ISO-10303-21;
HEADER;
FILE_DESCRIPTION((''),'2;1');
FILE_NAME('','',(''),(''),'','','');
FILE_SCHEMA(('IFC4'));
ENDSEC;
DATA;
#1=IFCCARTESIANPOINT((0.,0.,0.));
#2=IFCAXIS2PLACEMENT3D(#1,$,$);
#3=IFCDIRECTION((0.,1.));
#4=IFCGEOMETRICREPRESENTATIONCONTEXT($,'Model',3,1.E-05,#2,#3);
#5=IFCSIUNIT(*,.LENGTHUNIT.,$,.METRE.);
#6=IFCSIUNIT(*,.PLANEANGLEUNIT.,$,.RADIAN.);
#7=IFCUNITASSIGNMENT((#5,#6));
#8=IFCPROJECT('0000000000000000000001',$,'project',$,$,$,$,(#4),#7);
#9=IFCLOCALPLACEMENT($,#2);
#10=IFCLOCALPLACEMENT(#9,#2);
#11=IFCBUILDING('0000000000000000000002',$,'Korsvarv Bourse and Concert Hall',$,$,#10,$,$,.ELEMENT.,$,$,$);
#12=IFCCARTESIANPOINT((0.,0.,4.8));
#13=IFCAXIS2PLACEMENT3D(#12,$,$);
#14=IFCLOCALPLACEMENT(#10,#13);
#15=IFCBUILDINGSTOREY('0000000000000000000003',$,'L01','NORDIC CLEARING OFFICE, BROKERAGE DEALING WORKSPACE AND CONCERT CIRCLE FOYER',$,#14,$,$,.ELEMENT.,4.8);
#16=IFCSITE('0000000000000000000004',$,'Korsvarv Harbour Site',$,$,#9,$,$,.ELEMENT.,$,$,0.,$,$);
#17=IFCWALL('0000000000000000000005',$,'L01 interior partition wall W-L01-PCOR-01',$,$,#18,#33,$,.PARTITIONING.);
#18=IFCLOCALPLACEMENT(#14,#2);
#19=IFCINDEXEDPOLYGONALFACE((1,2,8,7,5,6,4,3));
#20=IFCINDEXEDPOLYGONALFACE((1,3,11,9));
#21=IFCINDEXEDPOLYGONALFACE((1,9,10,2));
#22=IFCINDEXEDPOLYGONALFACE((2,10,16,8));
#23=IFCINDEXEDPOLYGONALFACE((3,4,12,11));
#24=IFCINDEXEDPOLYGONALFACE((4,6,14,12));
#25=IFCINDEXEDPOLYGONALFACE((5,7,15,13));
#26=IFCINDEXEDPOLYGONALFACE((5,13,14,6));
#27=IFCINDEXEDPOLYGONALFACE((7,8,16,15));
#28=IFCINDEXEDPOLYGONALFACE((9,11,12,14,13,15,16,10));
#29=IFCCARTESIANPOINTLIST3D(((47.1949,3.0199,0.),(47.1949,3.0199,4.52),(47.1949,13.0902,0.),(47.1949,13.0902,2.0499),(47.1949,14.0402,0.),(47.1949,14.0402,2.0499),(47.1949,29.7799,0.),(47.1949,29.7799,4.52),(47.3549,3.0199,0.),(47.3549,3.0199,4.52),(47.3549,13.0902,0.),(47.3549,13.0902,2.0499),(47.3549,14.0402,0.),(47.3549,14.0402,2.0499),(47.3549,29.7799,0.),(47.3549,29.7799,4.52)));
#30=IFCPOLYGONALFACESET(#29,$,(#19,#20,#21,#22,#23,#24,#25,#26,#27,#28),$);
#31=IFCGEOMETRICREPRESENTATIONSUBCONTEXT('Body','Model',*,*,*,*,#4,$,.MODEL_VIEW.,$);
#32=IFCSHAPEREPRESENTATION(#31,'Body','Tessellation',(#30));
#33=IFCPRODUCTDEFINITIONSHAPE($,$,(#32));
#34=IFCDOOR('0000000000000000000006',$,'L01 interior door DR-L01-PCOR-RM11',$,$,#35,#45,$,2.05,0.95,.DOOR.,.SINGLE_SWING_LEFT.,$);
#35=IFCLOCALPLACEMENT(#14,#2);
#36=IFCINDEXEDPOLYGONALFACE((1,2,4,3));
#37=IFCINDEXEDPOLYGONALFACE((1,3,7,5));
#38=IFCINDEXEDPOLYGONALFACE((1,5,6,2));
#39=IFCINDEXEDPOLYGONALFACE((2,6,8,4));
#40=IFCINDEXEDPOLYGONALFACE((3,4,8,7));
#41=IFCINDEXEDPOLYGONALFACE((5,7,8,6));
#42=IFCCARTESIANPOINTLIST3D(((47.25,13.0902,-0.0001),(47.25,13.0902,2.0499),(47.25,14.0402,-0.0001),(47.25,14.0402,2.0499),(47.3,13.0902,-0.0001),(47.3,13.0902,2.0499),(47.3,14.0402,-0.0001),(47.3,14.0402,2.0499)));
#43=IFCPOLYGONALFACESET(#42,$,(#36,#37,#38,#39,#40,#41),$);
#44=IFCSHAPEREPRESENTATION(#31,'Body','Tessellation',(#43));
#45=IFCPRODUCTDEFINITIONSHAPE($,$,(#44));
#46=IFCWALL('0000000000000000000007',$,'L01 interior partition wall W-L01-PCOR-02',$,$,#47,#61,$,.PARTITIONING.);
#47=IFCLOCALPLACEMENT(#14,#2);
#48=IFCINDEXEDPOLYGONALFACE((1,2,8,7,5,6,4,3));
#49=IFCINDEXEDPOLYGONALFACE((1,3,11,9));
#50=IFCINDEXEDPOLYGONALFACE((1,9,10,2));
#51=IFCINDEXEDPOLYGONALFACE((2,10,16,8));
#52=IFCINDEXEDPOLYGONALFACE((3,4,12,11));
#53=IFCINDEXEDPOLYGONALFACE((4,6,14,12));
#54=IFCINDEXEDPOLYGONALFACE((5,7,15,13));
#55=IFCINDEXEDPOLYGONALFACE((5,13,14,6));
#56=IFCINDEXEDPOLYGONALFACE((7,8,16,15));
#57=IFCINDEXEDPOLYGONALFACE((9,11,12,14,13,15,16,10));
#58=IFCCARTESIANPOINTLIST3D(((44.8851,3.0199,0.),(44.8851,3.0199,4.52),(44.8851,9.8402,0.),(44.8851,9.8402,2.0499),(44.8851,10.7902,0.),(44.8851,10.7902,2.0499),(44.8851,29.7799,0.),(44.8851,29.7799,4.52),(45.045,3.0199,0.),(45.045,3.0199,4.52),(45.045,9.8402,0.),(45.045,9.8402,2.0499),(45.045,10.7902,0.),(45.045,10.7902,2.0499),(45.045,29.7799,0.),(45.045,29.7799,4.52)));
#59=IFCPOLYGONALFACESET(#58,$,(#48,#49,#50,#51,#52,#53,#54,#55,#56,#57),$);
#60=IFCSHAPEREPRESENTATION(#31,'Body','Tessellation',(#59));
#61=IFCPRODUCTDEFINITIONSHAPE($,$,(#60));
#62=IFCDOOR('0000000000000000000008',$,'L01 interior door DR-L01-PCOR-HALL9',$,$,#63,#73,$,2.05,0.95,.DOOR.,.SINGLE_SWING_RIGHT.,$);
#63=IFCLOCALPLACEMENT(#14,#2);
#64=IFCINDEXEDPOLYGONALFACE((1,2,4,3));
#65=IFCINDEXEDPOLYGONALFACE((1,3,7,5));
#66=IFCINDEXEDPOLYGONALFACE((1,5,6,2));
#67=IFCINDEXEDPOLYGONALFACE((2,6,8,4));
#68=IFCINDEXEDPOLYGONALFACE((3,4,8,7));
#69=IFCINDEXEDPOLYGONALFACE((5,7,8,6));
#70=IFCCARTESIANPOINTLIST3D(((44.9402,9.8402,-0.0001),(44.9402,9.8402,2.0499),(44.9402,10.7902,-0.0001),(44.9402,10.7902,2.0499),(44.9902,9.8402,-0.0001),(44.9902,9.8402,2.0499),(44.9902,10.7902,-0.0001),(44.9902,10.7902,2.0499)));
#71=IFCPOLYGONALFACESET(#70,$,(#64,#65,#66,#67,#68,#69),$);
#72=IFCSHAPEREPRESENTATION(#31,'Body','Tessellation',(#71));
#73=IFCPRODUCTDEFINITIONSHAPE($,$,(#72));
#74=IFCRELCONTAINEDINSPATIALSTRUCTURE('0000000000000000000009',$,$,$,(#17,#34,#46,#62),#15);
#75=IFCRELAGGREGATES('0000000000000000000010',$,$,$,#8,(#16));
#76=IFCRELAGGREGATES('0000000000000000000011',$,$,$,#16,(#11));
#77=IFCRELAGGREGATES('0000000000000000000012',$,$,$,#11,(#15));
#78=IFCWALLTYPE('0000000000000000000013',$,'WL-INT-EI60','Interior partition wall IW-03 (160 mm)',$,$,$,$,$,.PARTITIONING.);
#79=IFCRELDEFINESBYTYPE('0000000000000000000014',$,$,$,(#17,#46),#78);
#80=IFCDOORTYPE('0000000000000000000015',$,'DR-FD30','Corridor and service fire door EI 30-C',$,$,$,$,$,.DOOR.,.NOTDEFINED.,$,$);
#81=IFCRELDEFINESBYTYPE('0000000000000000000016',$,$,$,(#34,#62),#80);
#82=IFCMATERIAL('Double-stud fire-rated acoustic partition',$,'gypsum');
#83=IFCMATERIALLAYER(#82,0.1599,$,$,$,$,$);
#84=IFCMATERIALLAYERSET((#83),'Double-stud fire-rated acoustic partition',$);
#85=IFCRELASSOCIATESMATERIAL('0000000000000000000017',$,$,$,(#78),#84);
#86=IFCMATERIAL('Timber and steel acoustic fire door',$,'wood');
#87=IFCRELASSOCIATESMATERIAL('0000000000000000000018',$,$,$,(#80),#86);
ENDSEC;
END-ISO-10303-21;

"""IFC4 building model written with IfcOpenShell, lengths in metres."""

from ifc_helpers import new_model, si_unit, direction, frame, frame_2d, origin, place, context, subcontext, project, spatial, rectangle, extrude, material, layer, layer_set, type_object, element, fill, save


model = new_model("IFC4")

# Units and contexts
model_context = context("Model", 3, precision=1e-05, world=origin(), true_north=direction((0.0, 1.0)))
body_context = subcontext(model_context, "Body", "Model", "MODEL_VIEW")
ifc_project = project(units=[si_unit("LENGTHUNIT", "METRE"), si_unit("PLANEANGLEUNIT", "RADIAN")], contexts=[model_context])

# Site, building, storey
site_placement = place(None, origin())
site = spatial("IfcSite", under=ifc_project, at=site_placement, Name="Korsvarv Harbour Site", CompositionType="ELEMENT", RefElevation=0.0)
building_placement = place(site_placement, origin())
building = spatial("IfcBuilding", under=site, at=building_placement, Name="Korsvarv Bourse and Concert Hall", CompositionType="ELEMENT")
storey_placement = place(building_placement, frame((0.0, 0.0, 4.8)))
storey = spatial("IfcBuildingStorey", under=building, at=storey_placement, Name="L01", Description="NORDIC CLEARING OFFICE, BROKERAGE DEALING WORKSPACE AND CONCERT CIRCLE FOYER", CompositionType="ELEMENT", Elevation=4.8)

# Walls, openings, doors
ifc_material_1 = material(Name="Double-stud fire-rated acoustic partition", Category="gypsum")
ifc_layer_1 = layer(ifc_material_1, 0.1599)
ifc_layer_set_1 = layer_set([ifc_layer_1], Name="Double-stud fire-rated acoustic partition")
wall_type = type_object("IfcWallType", Name="WL-INT-EI60", Description="Interior partition wall IW-03 (160 mm)", PredefinedType="PARTITIONING", material=ifc_layer_set_1)
wall_1_placement = place(storey_placement, frame((47.2749, 3.02, 0.0), z_axis=(0.0, 0.0, 1.0), x_axis=(0.0, 1.0, 0.0)))
wall_1 = element("IfcWall", 1, at=wall_1_placement, inside=storey, type_object=wall_type, Name="L01 interior partition wall W-L01-PCOR-01", PredefinedType="PARTITIONING", context=body_context, shape_type="SweptSolid", body=[
    extrude(rectangle(XDim=26.76, YDim=0.1599, at=frame_2d((13.3799, 0.0))), origin(), (0.0, 0.0, 1.0), 4.52),
])
opening_1_placement = place(wall_1_placement, frame((10.0701, 0.0, 0.0)))
opening_1 = element("IfcOpeningElement", 2, at=opening_1_placement, cuts=wall_1, PredefinedType="OPENING", context=body_context, shape_type="SweptSolid", body=[
    extrude(rectangle(XDim=0.95, YDim=2.05, at=frame_2d((0.4751, 1.0249))), frame((0.0, 0.0898, 0.0), z_axis=(0.0, -1.0, 0.0), x_axis=(1.0, 0.0, 0.0)), (0.0, 0.0, 1.0), 0.1799),
])
ifc_material_2 = material(Name="Timber and steel acoustic fire door", Category="wood")
door_type = type_object("IfcDoorType", Name="DR-FD30", Description="Corridor and service fire door EI 30-C", OperationType="NOTDEFINED", PredefinedType="DOOR", material=ifc_material_2)
door_1_placement = place(opening_1_placement, origin())
door_1 = element("IfcDoor", 3, at=door_1_placement, inside=storey, type_object=door_type, Name="L01 interior door DR-L01-PCOR-RM11", OperationType="SINGLE_SWING_LEFT", OverallHeight=2.05, OverallWidth=0.95, PredefinedType="DOOR", context=body_context, shape_type="SweptSolid", body=[
    extrude(rectangle(XDim=0.95, YDim=2.05, at=frame_2d((0.4751, 1.0249))), frame((0.0, 0.0249, 0.0), z_axis=(0.0, -1.0, 0.0), x_axis=(1.0, 0.0, 0.0)), (0.0, 0.0, 1.0), 0.05),
])
fill(opening_1, door_1)
wall_2_placement = place(storey_placement, frame((44.9651, 3.02, 0.0), z_axis=(0.0, 0.0, 1.0), x_axis=(0.0, 1.0, 0.0)))
wall_2 = element("IfcWall", 4, at=wall_2_placement, inside=storey, type_object=wall_type, Name="L01 interior partition wall W-L01-PCOR-02", PredefinedType="PARTITIONING", context=body_context, shape_type="SweptSolid", body=[
    extrude(rectangle(XDim=26.76, YDim=0.1599, at=frame_2d((13.3799, 0.0))), origin(), (0.0, 0.0, 1.0), 4.52),
])
opening_2_placement = place(wall_2_placement, frame((6.8201, 0.0, 0.0)))
opening_2 = element("IfcOpeningElement", 5, at=opening_2_placement, cuts=wall_2, PredefinedType="OPENING", context=body_context, shape_type="SweptSolid", body=[
    extrude(rectangle(XDim=0.95, YDim=2.05, at=frame_2d((0.4751, 1.0249))), frame((0.0, 0.0898, 0.0), z_axis=(0.0, -1.0, 0.0), x_axis=(1.0, 0.0, 0.0)), (0.0, 0.0, 1.0), 0.1799),
])
door_2_placement = place(opening_2_placement, origin())
door_2 = element("IfcDoor", 6, at=door_2_placement, inside=storey, type_object=door_type, Name="L01 interior door DR-L01-PCOR-HALL9", OperationType="SINGLE_SWING_RIGHT", OverallHeight=2.05, OverallWidth=0.95, PredefinedType="DOOR", context=body_context, shape_type="SweptSolid", body=[
    extrude(rectangle(XDim=0.95, YDim=2.05, at=frame_2d((0.4751, 1.0249))), frame((0.0, 0.0249, 0.0), z_axis=(0.0, -1.0, 0.0), x_axis=(1.0, 0.0, 0.0)), (0.0, 0.0, 1.0), 0.05),
])
fill(opening_2, door_2)

save(model, "model.ifc")
